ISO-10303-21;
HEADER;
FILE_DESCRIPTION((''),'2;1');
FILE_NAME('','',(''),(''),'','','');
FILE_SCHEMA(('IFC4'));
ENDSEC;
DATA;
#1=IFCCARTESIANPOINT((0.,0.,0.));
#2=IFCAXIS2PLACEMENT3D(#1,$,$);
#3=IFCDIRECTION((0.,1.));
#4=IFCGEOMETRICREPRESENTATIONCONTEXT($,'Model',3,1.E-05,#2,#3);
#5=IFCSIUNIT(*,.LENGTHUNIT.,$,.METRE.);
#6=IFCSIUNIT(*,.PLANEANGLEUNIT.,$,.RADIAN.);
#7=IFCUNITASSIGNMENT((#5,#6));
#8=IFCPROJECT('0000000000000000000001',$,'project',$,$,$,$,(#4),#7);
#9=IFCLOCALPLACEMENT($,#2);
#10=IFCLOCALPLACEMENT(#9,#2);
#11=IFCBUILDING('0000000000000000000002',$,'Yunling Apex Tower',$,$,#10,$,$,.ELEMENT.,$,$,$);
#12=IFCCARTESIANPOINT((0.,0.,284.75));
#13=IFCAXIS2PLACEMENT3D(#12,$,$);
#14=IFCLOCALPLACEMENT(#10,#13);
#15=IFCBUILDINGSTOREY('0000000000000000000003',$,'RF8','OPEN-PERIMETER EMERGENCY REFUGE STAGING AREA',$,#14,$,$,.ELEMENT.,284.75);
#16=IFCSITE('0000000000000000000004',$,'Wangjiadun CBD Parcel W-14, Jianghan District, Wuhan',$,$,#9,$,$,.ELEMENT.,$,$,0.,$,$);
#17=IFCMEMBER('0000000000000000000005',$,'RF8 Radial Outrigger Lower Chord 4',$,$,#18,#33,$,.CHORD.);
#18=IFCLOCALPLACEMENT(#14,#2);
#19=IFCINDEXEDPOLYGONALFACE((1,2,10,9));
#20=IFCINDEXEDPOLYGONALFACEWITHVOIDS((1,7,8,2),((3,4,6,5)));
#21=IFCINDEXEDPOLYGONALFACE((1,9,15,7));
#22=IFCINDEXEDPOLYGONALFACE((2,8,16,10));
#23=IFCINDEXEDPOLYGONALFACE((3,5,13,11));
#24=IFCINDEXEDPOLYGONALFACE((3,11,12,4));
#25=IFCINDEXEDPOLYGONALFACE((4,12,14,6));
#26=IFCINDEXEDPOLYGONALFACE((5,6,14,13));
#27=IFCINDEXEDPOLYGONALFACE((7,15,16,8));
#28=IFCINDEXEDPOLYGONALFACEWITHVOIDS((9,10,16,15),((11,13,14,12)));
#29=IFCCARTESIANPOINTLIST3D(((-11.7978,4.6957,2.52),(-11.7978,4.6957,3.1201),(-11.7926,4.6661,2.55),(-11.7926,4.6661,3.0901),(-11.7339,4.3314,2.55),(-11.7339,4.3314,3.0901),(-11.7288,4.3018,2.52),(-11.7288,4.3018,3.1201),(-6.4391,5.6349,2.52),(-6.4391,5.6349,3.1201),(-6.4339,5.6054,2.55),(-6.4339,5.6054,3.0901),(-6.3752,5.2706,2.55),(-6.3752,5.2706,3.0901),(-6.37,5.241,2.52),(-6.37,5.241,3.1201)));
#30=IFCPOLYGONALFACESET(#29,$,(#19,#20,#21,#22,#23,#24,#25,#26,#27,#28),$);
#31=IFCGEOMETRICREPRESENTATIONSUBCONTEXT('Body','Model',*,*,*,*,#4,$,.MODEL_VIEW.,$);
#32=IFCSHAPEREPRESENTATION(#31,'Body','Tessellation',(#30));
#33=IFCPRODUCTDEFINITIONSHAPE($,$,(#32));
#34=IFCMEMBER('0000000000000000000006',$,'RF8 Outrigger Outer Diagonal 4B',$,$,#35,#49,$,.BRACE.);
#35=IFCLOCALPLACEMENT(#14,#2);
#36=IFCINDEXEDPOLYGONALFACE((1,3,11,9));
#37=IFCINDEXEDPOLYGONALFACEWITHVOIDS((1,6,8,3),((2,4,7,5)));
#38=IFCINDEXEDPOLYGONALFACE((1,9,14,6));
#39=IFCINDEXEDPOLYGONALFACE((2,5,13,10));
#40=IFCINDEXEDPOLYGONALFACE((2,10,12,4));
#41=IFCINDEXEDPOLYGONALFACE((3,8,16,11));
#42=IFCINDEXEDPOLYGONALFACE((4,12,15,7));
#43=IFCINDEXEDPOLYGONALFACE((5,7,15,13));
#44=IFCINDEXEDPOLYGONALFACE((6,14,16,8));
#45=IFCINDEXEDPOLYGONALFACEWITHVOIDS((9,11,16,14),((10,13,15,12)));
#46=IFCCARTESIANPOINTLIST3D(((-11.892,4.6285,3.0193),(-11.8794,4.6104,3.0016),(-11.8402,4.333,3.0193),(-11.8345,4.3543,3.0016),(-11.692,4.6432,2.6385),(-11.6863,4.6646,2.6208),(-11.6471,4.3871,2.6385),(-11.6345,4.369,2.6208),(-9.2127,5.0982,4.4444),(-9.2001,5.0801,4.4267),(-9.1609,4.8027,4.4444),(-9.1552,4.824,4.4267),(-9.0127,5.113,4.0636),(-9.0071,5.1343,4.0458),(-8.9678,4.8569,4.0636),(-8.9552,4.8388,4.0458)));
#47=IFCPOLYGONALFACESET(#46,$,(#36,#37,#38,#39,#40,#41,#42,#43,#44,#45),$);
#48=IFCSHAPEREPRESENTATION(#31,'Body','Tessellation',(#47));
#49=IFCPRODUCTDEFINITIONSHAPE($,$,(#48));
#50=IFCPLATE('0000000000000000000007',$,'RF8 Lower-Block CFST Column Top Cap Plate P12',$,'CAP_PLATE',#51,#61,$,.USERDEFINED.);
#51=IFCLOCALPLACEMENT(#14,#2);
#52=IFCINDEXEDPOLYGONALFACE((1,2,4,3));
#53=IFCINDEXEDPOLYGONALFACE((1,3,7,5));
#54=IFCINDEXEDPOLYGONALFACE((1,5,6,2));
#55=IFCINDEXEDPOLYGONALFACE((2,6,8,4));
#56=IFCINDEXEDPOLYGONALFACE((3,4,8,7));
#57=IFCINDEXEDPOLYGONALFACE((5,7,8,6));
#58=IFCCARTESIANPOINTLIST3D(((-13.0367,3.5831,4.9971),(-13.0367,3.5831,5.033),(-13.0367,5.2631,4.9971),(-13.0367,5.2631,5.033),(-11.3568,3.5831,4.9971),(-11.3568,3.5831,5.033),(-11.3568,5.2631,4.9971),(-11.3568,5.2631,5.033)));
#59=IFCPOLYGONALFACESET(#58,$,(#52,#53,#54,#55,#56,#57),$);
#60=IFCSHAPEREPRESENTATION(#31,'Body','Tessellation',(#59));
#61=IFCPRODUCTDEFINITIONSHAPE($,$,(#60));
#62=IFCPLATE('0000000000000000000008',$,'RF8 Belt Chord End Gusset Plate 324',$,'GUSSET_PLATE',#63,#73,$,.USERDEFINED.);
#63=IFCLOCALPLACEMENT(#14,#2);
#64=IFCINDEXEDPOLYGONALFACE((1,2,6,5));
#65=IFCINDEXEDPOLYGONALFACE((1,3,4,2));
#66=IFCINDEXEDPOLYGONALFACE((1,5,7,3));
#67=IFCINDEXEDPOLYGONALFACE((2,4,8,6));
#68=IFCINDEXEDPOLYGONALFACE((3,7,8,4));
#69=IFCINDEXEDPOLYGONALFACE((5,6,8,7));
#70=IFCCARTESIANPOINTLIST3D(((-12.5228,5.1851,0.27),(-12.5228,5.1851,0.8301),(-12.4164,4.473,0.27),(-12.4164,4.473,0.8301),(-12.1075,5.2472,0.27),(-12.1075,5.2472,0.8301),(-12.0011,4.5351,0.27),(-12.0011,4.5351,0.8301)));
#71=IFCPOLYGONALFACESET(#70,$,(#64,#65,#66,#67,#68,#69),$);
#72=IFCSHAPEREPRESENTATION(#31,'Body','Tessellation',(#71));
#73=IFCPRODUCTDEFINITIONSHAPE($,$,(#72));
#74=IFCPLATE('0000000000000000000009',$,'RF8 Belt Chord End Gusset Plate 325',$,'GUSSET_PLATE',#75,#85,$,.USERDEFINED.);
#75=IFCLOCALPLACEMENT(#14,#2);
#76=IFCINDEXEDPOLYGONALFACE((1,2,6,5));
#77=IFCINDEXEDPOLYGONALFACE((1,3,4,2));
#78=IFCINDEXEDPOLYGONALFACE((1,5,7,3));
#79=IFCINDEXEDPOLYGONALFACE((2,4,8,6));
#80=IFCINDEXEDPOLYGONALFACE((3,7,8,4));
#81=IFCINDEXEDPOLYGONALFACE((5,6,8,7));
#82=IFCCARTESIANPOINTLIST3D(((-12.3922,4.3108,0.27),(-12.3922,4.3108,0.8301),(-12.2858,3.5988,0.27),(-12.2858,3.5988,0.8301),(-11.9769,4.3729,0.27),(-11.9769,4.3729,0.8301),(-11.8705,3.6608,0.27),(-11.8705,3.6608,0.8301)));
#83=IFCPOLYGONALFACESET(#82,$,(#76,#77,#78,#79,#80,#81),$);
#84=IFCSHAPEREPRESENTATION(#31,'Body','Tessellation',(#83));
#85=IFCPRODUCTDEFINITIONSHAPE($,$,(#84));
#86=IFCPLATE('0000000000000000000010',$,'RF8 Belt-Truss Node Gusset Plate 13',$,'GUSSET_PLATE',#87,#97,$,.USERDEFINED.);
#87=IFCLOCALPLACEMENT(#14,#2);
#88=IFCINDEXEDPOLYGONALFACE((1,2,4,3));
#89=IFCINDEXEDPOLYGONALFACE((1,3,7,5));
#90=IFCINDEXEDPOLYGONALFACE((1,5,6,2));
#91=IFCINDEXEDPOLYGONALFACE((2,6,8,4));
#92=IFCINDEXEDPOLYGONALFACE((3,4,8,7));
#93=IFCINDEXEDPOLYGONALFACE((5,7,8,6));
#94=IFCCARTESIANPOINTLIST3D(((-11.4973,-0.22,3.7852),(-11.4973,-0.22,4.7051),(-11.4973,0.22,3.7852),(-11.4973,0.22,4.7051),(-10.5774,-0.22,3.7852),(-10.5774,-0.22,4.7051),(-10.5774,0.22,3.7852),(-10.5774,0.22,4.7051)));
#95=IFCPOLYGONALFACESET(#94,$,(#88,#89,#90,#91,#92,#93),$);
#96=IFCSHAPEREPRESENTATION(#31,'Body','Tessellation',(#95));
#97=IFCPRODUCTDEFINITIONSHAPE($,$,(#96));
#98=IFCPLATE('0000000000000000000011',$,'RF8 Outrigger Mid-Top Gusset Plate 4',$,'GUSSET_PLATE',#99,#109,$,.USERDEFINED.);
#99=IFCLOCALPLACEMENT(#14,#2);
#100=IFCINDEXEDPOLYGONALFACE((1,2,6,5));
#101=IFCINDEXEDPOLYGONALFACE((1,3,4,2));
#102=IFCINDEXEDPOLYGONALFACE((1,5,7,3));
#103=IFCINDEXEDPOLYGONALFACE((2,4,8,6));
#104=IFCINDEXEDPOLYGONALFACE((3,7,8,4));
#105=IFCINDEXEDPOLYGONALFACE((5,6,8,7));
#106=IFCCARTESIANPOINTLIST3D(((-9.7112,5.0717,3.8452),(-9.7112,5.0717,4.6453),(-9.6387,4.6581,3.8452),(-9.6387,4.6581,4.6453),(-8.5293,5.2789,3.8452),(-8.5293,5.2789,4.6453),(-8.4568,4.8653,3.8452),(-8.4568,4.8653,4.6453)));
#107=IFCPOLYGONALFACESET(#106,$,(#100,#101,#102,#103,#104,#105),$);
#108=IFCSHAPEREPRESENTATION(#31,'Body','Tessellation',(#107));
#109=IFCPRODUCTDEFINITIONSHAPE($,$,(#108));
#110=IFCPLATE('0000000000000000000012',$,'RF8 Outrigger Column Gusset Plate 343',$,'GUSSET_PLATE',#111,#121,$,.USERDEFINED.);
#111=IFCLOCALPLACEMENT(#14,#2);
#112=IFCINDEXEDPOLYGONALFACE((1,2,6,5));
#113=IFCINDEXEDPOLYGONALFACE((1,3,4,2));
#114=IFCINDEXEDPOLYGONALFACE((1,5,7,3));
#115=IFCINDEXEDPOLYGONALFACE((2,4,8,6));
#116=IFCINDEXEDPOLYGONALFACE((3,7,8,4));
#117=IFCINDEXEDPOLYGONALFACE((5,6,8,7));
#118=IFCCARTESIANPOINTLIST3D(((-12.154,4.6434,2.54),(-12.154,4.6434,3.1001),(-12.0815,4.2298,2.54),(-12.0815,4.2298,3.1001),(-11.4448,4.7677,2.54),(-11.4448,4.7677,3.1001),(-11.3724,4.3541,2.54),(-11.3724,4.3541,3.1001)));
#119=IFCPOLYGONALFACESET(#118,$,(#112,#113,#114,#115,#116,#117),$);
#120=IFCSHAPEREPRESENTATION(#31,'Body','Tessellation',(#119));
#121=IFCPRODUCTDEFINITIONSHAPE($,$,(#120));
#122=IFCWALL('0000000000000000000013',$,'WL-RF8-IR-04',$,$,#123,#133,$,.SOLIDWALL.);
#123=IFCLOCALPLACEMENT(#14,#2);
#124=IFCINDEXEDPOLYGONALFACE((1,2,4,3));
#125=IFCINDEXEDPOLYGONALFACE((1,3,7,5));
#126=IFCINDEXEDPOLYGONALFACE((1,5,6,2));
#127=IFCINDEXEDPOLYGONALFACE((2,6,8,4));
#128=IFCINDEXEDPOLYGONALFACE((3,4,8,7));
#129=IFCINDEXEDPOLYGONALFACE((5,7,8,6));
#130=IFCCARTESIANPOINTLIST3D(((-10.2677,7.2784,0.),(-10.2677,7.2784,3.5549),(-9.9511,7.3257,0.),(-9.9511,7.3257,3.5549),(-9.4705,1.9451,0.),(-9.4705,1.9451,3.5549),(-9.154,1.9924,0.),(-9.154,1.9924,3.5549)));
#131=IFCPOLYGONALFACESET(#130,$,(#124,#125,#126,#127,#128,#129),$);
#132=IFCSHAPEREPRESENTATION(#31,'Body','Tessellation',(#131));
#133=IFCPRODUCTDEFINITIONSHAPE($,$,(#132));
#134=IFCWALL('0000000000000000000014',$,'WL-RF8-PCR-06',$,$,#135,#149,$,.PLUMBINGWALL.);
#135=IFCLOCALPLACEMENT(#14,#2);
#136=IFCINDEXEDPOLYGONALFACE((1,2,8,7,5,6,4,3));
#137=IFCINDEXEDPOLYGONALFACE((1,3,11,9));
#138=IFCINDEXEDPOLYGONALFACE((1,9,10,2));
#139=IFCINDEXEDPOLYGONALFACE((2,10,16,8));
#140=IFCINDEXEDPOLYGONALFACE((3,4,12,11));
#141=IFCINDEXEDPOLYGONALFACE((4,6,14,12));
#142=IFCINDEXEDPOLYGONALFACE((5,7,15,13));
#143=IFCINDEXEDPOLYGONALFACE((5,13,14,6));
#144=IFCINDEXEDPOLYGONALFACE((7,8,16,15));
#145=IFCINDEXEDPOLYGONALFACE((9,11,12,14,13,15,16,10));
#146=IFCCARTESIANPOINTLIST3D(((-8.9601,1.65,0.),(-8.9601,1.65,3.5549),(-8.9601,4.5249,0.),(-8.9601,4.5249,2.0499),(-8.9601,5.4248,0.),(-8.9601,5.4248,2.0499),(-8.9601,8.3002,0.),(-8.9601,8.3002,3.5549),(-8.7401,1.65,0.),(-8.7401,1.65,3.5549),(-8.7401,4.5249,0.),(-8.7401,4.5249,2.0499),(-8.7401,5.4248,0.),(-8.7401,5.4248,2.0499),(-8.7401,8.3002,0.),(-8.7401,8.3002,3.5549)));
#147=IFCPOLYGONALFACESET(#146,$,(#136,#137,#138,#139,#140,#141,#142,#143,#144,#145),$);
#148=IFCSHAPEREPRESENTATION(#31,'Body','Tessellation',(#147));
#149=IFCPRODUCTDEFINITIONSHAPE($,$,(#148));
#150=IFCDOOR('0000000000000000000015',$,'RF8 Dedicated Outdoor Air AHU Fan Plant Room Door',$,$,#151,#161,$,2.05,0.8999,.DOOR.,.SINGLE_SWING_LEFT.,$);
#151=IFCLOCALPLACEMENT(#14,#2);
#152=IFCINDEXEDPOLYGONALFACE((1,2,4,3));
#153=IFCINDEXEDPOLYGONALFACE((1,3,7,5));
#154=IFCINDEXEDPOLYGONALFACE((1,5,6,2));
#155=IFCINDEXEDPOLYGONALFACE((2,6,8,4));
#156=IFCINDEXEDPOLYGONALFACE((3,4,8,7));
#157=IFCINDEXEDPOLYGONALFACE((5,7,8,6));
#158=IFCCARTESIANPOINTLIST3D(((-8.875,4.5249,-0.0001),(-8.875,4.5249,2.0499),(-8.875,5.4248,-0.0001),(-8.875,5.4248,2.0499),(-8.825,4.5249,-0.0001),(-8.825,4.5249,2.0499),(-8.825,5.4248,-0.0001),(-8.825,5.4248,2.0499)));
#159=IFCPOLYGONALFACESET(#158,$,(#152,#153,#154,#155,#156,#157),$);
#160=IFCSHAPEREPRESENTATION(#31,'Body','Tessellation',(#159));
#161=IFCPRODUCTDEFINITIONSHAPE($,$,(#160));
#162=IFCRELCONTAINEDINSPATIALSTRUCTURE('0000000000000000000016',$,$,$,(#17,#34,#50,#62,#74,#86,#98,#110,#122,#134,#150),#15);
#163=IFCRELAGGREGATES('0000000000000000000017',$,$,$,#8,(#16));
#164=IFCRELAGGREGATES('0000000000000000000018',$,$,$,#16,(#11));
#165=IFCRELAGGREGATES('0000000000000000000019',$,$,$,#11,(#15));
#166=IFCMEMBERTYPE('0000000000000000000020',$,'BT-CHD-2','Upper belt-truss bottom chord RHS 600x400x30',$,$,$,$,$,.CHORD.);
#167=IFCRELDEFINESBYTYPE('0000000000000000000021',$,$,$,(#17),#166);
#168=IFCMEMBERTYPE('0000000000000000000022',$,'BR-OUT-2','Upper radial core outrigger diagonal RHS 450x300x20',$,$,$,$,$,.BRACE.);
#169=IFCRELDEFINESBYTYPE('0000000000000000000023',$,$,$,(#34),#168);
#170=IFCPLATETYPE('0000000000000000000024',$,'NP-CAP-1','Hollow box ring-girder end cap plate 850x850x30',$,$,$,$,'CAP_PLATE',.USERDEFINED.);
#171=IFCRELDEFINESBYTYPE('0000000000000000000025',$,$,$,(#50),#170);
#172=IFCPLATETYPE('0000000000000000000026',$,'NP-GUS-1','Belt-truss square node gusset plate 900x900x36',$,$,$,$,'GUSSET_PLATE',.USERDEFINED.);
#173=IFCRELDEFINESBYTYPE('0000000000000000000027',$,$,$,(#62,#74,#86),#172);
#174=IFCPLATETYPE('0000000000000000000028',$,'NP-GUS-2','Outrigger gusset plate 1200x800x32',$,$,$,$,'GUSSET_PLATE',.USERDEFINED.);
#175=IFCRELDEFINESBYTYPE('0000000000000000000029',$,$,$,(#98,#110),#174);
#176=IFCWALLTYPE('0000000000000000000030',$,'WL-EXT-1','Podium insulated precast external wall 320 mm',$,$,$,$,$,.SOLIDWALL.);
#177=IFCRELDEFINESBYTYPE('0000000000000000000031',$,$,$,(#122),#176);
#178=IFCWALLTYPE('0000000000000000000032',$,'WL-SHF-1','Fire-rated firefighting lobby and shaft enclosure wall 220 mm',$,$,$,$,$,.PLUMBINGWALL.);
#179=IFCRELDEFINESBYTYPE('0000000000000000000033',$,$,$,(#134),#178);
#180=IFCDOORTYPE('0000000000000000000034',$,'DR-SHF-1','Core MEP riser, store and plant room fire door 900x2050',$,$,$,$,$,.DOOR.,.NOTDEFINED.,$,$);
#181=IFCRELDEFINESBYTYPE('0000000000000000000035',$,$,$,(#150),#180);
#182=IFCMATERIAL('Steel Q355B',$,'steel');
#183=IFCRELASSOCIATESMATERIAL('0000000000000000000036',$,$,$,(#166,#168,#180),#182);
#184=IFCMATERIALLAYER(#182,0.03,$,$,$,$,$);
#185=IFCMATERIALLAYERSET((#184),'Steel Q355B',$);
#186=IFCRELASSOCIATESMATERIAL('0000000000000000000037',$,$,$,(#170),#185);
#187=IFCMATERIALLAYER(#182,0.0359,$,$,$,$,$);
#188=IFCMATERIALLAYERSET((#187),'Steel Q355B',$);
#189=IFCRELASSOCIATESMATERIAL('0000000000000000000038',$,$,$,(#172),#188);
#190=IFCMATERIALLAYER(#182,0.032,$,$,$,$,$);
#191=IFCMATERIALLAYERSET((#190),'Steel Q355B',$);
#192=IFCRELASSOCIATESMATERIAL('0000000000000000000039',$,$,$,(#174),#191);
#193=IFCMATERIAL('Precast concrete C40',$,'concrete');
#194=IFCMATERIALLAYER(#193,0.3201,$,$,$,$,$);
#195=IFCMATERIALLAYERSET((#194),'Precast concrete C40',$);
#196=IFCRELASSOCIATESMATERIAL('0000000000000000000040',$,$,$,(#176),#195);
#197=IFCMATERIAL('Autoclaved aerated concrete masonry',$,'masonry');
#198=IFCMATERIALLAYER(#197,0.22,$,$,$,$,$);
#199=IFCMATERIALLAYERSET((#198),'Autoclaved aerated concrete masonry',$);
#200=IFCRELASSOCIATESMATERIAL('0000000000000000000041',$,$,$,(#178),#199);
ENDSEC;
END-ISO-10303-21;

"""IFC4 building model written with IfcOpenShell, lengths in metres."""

from ifc_helpers import new_model, si_unit, direction, frame, frame_2d, origin, origin_2d, place, context, subcontext, project, spatial, rectangle, hollow_rectangle, extrude, source, transform, mapped, material, layer, layer_set, material_profile, profile_set, type_object, element, fill, save


model = new_model("IFC4")

# Units and contexts
model_context = context("Model", 3, precision=1e-05, world=origin(), true_north=direction((0.0, 1.0)))
body_context = subcontext(model_context, "Body", "Model", "MODEL_VIEW")
ifc_project = project(units=[si_unit("LENGTHUNIT", "METRE"), si_unit("PLANEANGLEUNIT", "RADIAN")], contexts=[model_context])

# Site, building, storey
site_placement = place(None, origin())
site = spatial("IfcSite", under=ifc_project, at=site_placement, Name="Wangjiadun CBD Parcel W-14, Jianghan District, Wuhan", CompositionType="ELEMENT", RefElevation=0.0)
building_placement = place(site_placement, origin())
building = spatial("IfcBuilding", under=site, at=building_placement, Name="Yunling Apex Tower", CompositionType="ELEMENT")
storey_placement = place(building_placement, frame((0.0, 0.0, 284.75)))
storey = spatial("IfcBuildingStorey", under=building, at=storey_placement, Name="RF8", Description="OPEN-PERIMETER EMERGENCY REFUGE STAGING AREA", CompositionType="ELEMENT", Elevation=284.75)

# Shared definitions
ifc_material_1 = material(Name="Steel Q355B", Category="steel")

# Shared definitions
ifc_material_profile_1 = material_profile(ifc_material_1, hollow_rectangle(XDim=0.3999, YDim=0.6001, WallThickness=0.03, at=origin_2d()))
ifc_profile_set_1 = profile_set([ifc_material_profile_1], Name="Steel Q355B")
member_type_1 = type_object("IfcMemberType", Name="BT-CHD-2", Description="Upper belt-truss bottom chord RHS 600x400x30", PredefinedType="CHORD", material=ifc_profile_set_1)

# Members
shared_shape_1 = source(origin(), body_context, "Body", "SweptSolid", [
    extrude(hollow_rectangle(XDim=0.3999, YDim=0.6001, WallThickness=0.03, at=origin_2d()), origin(), (0.0, 0.0, 1.0), 5.4404),
])
member_1_placement = place(storey_placement, frame((-6.4045, 5.438, 2.8201), z_axis=(-0.984985, -0.172638, 0.0), x_axis=(0.172638, -0.984985, 0.0)))
element("IfcMember", 1, at=member_1_placement, inside=storey, type_object=member_type_1, Name="RF8 Radial Outrigger Lower Chord 4", PredefinedType="CHORD", context=body_context, shape_type="MappedRepresentation", body=[
    mapped(shared_shape_1, transform((0.0, 0.0, 0.0), scale=1.0)),
])
ifc_material_profile_2 = material_profile(ifc_material_1, hollow_rectangle(XDim=0.3, YDim=0.45, WallThickness=0.02, at=origin_2d()))
ifc_profile_set_2 = profile_set([ifc_material_profile_2], Name="Steel Q355B")
member_type_2 = type_object("IfcMemberType", Name="BR-OUT-2", Description="Upper radial core outrigger diagonal RHS 450x300x20", PredefinedType="BRACE", material=ifc_profile_set_2)
shared_shape_2 = source(origin(), body_context, "Body", "SweptSolid", [
    extrude(hollow_rectangle(XDim=0.3, YDim=0.45, WallThickness=0.02, at=origin_2d()), origin(), (0.0, 0.0, 1.0), 3.0708),
])
member_2_placement = place(storey_placement, frame((-9.084, 4.9685, 4.2451), z_axis=(-0.87249, -0.152968, -0.464072), x_axis=(0.172689, -0.984976, 0.0)))
element("IfcMember", 2, at=member_2_placement, inside=storey, type_object=member_type_2, Name="RF8 Outrigger Outer Diagonal 4B", PredefinedType="BRACE", context=body_context, shape_type="MappedRepresentation", body=[
    mapped(shared_shape_2, transform((0.0, 0.0, 0.0), scale=1.0)),
])

# Plates
ifc_layer_1 = layer(ifc_material_1, 0.03)
ifc_layer_set_1 = layer_set([ifc_layer_1], Name="Steel Q355B")
plate_type_1 = type_object("IfcPlateType", Name="NP-CAP-1", Description="Hollow box ring-girder end cap plate 850x850x30", ElementType="CAP_PLATE", PredefinedType="USERDEFINED", material=ifc_layer_set_1)
shared_shape_3 = source(origin(), body_context, "Body", "SweptSolid", [
    extrude(rectangle(XDim=1.6799, YDim=1.6799, at=origin_2d()), origin(), (0.0, 0.0, 1.0), 0.0359),
])
plate_1_placement = place(storey_placement, frame((-12.1968, 4.4231, 4.9971), z_axis=(0.0, 0.0, 1.0), x_axis=(1.0, 0.0, 0.0)))
element("IfcPlate", 3, at=plate_1_placement, inside=storey, type_object=plate_type_1, Name="RF8 Lower-Block CFST Column Top Cap Plate P12", ObjectType="CAP_PLATE", PredefinedType="USERDEFINED", context=body_context, shape_type="MappedRepresentation", body=[
    mapped(shared_shape_3, transform((0.0, 0.0, 0.0), scale=1.0)),
])
ifc_layer_2 = layer(ifc_material_1, 0.0359)
ifc_layer_set_2 = layer_set([ifc_layer_2], Name="Steel Q355B")
plate_type_2 = type_object("IfcPlateType", Name="NP-GUS-1", Description="Belt-truss square node gusset plate 900x900x36", ElementType="GUSSET_PLATE", PredefinedType="USERDEFINED", material=ifc_layer_set_2)
shared_shape_4 = source(origin(), body_context, "Body", "SweptSolid", [
    extrude(rectangle(XDim=0.72, YDim=0.4199, at=origin_2d()), origin(), (0.0, 0.0, 1.0), 0.5601),
])
for number, where, z_axis, x_axis, name in (
    (4, (-12.262, 4.8601, 0.27), (0.0, 0.0, 1.0), (0.147809, -0.989016, 0.0), "RF8 Belt Chord End Gusset Plate 324"),
    (5, (-12.1313, 3.9858, 0.27), (0.0, 0.0, 1.0), (0.147809, -0.989016, 0.0), "RF8 Belt Chord End Gusset Plate 325"),
):
    element("IfcPlate", number, at=place(storey_placement, frame(where, z_axis=z_axis, x_axis=x_axis)), inside=storey, type_object=plate_type_2, Name=name, ObjectType="GUSSET_PLATE", PredefinedType="USERDEFINED", context=body_context, shape_type="MappedRepresentation", body=[
        mapped(shared_shape_4, transform((0.0, 0.0, 0.0), scale=1.0)),
    ])
shared_shape_5 = source(origin(), body_context, "Body", "SweptSolid", [
    extrude(rectangle(XDim=0.9199, YDim=0.4399, at=origin_2d()), origin(), (0.0, 0.0, 1.0), 0.9199),
])
plate_2_placement = place(storey_placement, frame((-11.0374, 0.0, 3.7852), z_axis=(0.0, 0.0, 1.0), x_axis=(-1.0, 0.0, 0.0)))
element("IfcPlate", 6, at=plate_2_placement, inside=storey, type_object=plate_type_2, Name="RF8 Belt-Truss Node Gusset Plate 13", ObjectType="GUSSET_PLATE", PredefinedType="USERDEFINED", context=body_context, shape_type="MappedRepresentation", body=[
    mapped(shared_shape_5, transform((0.0, 0.0, 0.0), scale=1.0)),
])
ifc_layer_3 = layer(ifc_material_1, 0.032)
ifc_layer_set_3 = layer_set([ifc_layer_3], Name="Steel Q355B")
plate_type_3 = type_object("IfcPlateType", Name="NP-GUS-2", Description="Outrigger gusset plate 1200x800x32", ElementType="GUSSET_PLATE", PredefinedType="USERDEFINED", material=ifc_layer_set_3)
shared_shape_6 = source(origin(), body_context, "Body", "SweptSolid", [
    extrude(rectangle(XDim=1.2, YDim=0.4199, at=origin_2d()), origin(), (0.0, 0.0, 1.0), 0.8),
])
plate_3_placement = place(storey_placement, frame((-9.084, 4.9685, 3.8452), z_axis=(0.0, 0.0, 1.0), x_axis=(-0.984989, -0.172617, 0.0)))
element("IfcPlate", 7, at=plate_3_placement, inside=storey, type_object=plate_type_3, Name="RF8 Outrigger Mid-Top Gusset Plate 4", ObjectType="GUSSET_PLATE", PredefinedType="USERDEFINED", context=body_context, shape_type="MappedRepresentation", body=[
    mapped(shared_shape_6, transform((0.0, 0.0, 0.0), scale=1.0)),
])
shared_shape_7 = source(origin(), body_context, "Body", "SweptSolid", [
    extrude(rectangle(XDim=0.72, YDim=0.4199, at=origin_2d()), origin(), (0.0, 0.0, 1.0), 0.5601),
])
plate_4_placement = place(storey_placement, frame((-11.7632, 4.4988, 2.54), z_axis=(0.0, 0.0, 1.0), x_axis=(-0.984989, -0.172617, 0.0)))
element("IfcPlate", 8, at=plate_4_placement, inside=storey, type_object=plate_type_3, Name="RF8 Outrigger Column Gusset Plate 343", ObjectType="GUSSET_PLATE", PredefinedType="USERDEFINED", context=body_context, shape_type="MappedRepresentation", body=[
    mapped(shared_shape_7, transform((0.0, 0.0, 0.0), scale=1.0)),
])

# Wall
ifc_material_2 = material(Name="Precast concrete C40", Category="concrete")
ifc_layer_4 = layer(ifc_material_2, 0.3201)
ifc_layer_set_4 = layer_set([ifc_layer_4], Name="Precast concrete C40")
wall_type_1 = type_object("IfcWallType", Name="WL-EXT-1", Description="Podium insulated precast external wall 320 mm", PredefinedType="SOLIDWALL", material=ifc_layer_set_4)
wall_1_placement = place(storey_placement, frame((-9.3123, 1.9688, 0.0), z_axis=(0.0, 0.0, 1.0), x_axis=(-0.14782, 0.989014, 0.0)))
element("IfcWall", 9, at=wall_1_placement, inside=storey, type_object=wall_type_1, Name="WL-RF8-IR-04", PredefinedType="SOLIDWALL", context=body_context, shape_type="SweptSolid", body=[
    extrude(rectangle(XDim=5.3926, YDim=0.3201, at=frame_2d((2.6963, 0.0))), origin(), (0.0, 0.0, 1.0), 3.5549),
])

# Wall, opening, door
ifc_material_3 = material(Name="Autoclaved aerated concrete masonry", Category="masonry")
ifc_layer_5 = layer(ifc_material_3, 0.22)
ifc_layer_set_5 = layer_set([ifc_layer_5], Name="Autoclaved aerated concrete masonry")
wall_type_2 = type_object("IfcWallType", Name="WL-SHF-1", Description="Fire-rated firefighting lobby and shaft enclosure wall 220 mm", PredefinedType="PLUMBINGWALL", material=ifc_layer_set_5)
wall_2_placement = place(storey_placement, frame((-8.8501, 1.6499, 0.0), z_axis=(0.0, 0.0, 1.0), x_axis=(0.0, 1.0, 0.0)))
wall_2 = element("IfcWall", 10, at=wall_2_placement, inside=storey, type_object=wall_type_2, Name="WL-RF8-PCR-06", PredefinedType="PLUMBINGWALL", context=body_context, shape_type="SweptSolid", body=[
    extrude(rectangle(XDim=6.6501, YDim=0.22, at=frame_2d((3.3252, 0.0))), origin(), (0.0, 0.0, 1.0), 3.5549),
])
opening_placement = place(wall_2_placement, frame((2.875, 0.0, 0.0)))
opening = element("IfcOpeningElement", 11, at=opening_placement, cuts=wall_2, PredefinedType="OPENING", context=body_context, shape_type="SweptSolid", body=[
    extrude(rectangle(XDim=0.8999, YDim=2.05, at=frame_2d((0.45, 1.0249))), frame((0.0, 0.1201, 0.0), z_axis=(0.0, -1.0, 0.0), x_axis=(1.0, 0.0, 0.0)), (0.0, 0.0, 1.0), 0.24),
])
door_type = type_object("IfcDoorType", Name="DR-SHF-1", Description="Core MEP riser, store and plant room fire door 900x2050", OperationType="NOTDEFINED", PredefinedType="DOOR", material=ifc_material_1)
door_placement = place(opening_placement, origin())
door = element("IfcDoor", 12, at=door_placement, inside=storey, type_object=door_type, Name="RF8 Dedicated Outdoor Air AHU Fan Plant Room Door", OperationType="SINGLE_SWING_LEFT", OverallHeight=2.05, OverallWidth=0.8999, PredefinedType="DOOR", context=body_context, shape_type="SweptSolid", body=[
    extrude(rectangle(XDim=0.8999, YDim=2.05, at=frame_2d((0.45, 1.0249))), frame((0.0, 0.0249, 0.0), z_axis=(0.0, -1.0, 0.0), x_axis=(1.0, 0.0, 0.0)), (0.0, 0.0, 1.0), 0.05),
])
fill(opening, door)

save(model, "model.ifc")
